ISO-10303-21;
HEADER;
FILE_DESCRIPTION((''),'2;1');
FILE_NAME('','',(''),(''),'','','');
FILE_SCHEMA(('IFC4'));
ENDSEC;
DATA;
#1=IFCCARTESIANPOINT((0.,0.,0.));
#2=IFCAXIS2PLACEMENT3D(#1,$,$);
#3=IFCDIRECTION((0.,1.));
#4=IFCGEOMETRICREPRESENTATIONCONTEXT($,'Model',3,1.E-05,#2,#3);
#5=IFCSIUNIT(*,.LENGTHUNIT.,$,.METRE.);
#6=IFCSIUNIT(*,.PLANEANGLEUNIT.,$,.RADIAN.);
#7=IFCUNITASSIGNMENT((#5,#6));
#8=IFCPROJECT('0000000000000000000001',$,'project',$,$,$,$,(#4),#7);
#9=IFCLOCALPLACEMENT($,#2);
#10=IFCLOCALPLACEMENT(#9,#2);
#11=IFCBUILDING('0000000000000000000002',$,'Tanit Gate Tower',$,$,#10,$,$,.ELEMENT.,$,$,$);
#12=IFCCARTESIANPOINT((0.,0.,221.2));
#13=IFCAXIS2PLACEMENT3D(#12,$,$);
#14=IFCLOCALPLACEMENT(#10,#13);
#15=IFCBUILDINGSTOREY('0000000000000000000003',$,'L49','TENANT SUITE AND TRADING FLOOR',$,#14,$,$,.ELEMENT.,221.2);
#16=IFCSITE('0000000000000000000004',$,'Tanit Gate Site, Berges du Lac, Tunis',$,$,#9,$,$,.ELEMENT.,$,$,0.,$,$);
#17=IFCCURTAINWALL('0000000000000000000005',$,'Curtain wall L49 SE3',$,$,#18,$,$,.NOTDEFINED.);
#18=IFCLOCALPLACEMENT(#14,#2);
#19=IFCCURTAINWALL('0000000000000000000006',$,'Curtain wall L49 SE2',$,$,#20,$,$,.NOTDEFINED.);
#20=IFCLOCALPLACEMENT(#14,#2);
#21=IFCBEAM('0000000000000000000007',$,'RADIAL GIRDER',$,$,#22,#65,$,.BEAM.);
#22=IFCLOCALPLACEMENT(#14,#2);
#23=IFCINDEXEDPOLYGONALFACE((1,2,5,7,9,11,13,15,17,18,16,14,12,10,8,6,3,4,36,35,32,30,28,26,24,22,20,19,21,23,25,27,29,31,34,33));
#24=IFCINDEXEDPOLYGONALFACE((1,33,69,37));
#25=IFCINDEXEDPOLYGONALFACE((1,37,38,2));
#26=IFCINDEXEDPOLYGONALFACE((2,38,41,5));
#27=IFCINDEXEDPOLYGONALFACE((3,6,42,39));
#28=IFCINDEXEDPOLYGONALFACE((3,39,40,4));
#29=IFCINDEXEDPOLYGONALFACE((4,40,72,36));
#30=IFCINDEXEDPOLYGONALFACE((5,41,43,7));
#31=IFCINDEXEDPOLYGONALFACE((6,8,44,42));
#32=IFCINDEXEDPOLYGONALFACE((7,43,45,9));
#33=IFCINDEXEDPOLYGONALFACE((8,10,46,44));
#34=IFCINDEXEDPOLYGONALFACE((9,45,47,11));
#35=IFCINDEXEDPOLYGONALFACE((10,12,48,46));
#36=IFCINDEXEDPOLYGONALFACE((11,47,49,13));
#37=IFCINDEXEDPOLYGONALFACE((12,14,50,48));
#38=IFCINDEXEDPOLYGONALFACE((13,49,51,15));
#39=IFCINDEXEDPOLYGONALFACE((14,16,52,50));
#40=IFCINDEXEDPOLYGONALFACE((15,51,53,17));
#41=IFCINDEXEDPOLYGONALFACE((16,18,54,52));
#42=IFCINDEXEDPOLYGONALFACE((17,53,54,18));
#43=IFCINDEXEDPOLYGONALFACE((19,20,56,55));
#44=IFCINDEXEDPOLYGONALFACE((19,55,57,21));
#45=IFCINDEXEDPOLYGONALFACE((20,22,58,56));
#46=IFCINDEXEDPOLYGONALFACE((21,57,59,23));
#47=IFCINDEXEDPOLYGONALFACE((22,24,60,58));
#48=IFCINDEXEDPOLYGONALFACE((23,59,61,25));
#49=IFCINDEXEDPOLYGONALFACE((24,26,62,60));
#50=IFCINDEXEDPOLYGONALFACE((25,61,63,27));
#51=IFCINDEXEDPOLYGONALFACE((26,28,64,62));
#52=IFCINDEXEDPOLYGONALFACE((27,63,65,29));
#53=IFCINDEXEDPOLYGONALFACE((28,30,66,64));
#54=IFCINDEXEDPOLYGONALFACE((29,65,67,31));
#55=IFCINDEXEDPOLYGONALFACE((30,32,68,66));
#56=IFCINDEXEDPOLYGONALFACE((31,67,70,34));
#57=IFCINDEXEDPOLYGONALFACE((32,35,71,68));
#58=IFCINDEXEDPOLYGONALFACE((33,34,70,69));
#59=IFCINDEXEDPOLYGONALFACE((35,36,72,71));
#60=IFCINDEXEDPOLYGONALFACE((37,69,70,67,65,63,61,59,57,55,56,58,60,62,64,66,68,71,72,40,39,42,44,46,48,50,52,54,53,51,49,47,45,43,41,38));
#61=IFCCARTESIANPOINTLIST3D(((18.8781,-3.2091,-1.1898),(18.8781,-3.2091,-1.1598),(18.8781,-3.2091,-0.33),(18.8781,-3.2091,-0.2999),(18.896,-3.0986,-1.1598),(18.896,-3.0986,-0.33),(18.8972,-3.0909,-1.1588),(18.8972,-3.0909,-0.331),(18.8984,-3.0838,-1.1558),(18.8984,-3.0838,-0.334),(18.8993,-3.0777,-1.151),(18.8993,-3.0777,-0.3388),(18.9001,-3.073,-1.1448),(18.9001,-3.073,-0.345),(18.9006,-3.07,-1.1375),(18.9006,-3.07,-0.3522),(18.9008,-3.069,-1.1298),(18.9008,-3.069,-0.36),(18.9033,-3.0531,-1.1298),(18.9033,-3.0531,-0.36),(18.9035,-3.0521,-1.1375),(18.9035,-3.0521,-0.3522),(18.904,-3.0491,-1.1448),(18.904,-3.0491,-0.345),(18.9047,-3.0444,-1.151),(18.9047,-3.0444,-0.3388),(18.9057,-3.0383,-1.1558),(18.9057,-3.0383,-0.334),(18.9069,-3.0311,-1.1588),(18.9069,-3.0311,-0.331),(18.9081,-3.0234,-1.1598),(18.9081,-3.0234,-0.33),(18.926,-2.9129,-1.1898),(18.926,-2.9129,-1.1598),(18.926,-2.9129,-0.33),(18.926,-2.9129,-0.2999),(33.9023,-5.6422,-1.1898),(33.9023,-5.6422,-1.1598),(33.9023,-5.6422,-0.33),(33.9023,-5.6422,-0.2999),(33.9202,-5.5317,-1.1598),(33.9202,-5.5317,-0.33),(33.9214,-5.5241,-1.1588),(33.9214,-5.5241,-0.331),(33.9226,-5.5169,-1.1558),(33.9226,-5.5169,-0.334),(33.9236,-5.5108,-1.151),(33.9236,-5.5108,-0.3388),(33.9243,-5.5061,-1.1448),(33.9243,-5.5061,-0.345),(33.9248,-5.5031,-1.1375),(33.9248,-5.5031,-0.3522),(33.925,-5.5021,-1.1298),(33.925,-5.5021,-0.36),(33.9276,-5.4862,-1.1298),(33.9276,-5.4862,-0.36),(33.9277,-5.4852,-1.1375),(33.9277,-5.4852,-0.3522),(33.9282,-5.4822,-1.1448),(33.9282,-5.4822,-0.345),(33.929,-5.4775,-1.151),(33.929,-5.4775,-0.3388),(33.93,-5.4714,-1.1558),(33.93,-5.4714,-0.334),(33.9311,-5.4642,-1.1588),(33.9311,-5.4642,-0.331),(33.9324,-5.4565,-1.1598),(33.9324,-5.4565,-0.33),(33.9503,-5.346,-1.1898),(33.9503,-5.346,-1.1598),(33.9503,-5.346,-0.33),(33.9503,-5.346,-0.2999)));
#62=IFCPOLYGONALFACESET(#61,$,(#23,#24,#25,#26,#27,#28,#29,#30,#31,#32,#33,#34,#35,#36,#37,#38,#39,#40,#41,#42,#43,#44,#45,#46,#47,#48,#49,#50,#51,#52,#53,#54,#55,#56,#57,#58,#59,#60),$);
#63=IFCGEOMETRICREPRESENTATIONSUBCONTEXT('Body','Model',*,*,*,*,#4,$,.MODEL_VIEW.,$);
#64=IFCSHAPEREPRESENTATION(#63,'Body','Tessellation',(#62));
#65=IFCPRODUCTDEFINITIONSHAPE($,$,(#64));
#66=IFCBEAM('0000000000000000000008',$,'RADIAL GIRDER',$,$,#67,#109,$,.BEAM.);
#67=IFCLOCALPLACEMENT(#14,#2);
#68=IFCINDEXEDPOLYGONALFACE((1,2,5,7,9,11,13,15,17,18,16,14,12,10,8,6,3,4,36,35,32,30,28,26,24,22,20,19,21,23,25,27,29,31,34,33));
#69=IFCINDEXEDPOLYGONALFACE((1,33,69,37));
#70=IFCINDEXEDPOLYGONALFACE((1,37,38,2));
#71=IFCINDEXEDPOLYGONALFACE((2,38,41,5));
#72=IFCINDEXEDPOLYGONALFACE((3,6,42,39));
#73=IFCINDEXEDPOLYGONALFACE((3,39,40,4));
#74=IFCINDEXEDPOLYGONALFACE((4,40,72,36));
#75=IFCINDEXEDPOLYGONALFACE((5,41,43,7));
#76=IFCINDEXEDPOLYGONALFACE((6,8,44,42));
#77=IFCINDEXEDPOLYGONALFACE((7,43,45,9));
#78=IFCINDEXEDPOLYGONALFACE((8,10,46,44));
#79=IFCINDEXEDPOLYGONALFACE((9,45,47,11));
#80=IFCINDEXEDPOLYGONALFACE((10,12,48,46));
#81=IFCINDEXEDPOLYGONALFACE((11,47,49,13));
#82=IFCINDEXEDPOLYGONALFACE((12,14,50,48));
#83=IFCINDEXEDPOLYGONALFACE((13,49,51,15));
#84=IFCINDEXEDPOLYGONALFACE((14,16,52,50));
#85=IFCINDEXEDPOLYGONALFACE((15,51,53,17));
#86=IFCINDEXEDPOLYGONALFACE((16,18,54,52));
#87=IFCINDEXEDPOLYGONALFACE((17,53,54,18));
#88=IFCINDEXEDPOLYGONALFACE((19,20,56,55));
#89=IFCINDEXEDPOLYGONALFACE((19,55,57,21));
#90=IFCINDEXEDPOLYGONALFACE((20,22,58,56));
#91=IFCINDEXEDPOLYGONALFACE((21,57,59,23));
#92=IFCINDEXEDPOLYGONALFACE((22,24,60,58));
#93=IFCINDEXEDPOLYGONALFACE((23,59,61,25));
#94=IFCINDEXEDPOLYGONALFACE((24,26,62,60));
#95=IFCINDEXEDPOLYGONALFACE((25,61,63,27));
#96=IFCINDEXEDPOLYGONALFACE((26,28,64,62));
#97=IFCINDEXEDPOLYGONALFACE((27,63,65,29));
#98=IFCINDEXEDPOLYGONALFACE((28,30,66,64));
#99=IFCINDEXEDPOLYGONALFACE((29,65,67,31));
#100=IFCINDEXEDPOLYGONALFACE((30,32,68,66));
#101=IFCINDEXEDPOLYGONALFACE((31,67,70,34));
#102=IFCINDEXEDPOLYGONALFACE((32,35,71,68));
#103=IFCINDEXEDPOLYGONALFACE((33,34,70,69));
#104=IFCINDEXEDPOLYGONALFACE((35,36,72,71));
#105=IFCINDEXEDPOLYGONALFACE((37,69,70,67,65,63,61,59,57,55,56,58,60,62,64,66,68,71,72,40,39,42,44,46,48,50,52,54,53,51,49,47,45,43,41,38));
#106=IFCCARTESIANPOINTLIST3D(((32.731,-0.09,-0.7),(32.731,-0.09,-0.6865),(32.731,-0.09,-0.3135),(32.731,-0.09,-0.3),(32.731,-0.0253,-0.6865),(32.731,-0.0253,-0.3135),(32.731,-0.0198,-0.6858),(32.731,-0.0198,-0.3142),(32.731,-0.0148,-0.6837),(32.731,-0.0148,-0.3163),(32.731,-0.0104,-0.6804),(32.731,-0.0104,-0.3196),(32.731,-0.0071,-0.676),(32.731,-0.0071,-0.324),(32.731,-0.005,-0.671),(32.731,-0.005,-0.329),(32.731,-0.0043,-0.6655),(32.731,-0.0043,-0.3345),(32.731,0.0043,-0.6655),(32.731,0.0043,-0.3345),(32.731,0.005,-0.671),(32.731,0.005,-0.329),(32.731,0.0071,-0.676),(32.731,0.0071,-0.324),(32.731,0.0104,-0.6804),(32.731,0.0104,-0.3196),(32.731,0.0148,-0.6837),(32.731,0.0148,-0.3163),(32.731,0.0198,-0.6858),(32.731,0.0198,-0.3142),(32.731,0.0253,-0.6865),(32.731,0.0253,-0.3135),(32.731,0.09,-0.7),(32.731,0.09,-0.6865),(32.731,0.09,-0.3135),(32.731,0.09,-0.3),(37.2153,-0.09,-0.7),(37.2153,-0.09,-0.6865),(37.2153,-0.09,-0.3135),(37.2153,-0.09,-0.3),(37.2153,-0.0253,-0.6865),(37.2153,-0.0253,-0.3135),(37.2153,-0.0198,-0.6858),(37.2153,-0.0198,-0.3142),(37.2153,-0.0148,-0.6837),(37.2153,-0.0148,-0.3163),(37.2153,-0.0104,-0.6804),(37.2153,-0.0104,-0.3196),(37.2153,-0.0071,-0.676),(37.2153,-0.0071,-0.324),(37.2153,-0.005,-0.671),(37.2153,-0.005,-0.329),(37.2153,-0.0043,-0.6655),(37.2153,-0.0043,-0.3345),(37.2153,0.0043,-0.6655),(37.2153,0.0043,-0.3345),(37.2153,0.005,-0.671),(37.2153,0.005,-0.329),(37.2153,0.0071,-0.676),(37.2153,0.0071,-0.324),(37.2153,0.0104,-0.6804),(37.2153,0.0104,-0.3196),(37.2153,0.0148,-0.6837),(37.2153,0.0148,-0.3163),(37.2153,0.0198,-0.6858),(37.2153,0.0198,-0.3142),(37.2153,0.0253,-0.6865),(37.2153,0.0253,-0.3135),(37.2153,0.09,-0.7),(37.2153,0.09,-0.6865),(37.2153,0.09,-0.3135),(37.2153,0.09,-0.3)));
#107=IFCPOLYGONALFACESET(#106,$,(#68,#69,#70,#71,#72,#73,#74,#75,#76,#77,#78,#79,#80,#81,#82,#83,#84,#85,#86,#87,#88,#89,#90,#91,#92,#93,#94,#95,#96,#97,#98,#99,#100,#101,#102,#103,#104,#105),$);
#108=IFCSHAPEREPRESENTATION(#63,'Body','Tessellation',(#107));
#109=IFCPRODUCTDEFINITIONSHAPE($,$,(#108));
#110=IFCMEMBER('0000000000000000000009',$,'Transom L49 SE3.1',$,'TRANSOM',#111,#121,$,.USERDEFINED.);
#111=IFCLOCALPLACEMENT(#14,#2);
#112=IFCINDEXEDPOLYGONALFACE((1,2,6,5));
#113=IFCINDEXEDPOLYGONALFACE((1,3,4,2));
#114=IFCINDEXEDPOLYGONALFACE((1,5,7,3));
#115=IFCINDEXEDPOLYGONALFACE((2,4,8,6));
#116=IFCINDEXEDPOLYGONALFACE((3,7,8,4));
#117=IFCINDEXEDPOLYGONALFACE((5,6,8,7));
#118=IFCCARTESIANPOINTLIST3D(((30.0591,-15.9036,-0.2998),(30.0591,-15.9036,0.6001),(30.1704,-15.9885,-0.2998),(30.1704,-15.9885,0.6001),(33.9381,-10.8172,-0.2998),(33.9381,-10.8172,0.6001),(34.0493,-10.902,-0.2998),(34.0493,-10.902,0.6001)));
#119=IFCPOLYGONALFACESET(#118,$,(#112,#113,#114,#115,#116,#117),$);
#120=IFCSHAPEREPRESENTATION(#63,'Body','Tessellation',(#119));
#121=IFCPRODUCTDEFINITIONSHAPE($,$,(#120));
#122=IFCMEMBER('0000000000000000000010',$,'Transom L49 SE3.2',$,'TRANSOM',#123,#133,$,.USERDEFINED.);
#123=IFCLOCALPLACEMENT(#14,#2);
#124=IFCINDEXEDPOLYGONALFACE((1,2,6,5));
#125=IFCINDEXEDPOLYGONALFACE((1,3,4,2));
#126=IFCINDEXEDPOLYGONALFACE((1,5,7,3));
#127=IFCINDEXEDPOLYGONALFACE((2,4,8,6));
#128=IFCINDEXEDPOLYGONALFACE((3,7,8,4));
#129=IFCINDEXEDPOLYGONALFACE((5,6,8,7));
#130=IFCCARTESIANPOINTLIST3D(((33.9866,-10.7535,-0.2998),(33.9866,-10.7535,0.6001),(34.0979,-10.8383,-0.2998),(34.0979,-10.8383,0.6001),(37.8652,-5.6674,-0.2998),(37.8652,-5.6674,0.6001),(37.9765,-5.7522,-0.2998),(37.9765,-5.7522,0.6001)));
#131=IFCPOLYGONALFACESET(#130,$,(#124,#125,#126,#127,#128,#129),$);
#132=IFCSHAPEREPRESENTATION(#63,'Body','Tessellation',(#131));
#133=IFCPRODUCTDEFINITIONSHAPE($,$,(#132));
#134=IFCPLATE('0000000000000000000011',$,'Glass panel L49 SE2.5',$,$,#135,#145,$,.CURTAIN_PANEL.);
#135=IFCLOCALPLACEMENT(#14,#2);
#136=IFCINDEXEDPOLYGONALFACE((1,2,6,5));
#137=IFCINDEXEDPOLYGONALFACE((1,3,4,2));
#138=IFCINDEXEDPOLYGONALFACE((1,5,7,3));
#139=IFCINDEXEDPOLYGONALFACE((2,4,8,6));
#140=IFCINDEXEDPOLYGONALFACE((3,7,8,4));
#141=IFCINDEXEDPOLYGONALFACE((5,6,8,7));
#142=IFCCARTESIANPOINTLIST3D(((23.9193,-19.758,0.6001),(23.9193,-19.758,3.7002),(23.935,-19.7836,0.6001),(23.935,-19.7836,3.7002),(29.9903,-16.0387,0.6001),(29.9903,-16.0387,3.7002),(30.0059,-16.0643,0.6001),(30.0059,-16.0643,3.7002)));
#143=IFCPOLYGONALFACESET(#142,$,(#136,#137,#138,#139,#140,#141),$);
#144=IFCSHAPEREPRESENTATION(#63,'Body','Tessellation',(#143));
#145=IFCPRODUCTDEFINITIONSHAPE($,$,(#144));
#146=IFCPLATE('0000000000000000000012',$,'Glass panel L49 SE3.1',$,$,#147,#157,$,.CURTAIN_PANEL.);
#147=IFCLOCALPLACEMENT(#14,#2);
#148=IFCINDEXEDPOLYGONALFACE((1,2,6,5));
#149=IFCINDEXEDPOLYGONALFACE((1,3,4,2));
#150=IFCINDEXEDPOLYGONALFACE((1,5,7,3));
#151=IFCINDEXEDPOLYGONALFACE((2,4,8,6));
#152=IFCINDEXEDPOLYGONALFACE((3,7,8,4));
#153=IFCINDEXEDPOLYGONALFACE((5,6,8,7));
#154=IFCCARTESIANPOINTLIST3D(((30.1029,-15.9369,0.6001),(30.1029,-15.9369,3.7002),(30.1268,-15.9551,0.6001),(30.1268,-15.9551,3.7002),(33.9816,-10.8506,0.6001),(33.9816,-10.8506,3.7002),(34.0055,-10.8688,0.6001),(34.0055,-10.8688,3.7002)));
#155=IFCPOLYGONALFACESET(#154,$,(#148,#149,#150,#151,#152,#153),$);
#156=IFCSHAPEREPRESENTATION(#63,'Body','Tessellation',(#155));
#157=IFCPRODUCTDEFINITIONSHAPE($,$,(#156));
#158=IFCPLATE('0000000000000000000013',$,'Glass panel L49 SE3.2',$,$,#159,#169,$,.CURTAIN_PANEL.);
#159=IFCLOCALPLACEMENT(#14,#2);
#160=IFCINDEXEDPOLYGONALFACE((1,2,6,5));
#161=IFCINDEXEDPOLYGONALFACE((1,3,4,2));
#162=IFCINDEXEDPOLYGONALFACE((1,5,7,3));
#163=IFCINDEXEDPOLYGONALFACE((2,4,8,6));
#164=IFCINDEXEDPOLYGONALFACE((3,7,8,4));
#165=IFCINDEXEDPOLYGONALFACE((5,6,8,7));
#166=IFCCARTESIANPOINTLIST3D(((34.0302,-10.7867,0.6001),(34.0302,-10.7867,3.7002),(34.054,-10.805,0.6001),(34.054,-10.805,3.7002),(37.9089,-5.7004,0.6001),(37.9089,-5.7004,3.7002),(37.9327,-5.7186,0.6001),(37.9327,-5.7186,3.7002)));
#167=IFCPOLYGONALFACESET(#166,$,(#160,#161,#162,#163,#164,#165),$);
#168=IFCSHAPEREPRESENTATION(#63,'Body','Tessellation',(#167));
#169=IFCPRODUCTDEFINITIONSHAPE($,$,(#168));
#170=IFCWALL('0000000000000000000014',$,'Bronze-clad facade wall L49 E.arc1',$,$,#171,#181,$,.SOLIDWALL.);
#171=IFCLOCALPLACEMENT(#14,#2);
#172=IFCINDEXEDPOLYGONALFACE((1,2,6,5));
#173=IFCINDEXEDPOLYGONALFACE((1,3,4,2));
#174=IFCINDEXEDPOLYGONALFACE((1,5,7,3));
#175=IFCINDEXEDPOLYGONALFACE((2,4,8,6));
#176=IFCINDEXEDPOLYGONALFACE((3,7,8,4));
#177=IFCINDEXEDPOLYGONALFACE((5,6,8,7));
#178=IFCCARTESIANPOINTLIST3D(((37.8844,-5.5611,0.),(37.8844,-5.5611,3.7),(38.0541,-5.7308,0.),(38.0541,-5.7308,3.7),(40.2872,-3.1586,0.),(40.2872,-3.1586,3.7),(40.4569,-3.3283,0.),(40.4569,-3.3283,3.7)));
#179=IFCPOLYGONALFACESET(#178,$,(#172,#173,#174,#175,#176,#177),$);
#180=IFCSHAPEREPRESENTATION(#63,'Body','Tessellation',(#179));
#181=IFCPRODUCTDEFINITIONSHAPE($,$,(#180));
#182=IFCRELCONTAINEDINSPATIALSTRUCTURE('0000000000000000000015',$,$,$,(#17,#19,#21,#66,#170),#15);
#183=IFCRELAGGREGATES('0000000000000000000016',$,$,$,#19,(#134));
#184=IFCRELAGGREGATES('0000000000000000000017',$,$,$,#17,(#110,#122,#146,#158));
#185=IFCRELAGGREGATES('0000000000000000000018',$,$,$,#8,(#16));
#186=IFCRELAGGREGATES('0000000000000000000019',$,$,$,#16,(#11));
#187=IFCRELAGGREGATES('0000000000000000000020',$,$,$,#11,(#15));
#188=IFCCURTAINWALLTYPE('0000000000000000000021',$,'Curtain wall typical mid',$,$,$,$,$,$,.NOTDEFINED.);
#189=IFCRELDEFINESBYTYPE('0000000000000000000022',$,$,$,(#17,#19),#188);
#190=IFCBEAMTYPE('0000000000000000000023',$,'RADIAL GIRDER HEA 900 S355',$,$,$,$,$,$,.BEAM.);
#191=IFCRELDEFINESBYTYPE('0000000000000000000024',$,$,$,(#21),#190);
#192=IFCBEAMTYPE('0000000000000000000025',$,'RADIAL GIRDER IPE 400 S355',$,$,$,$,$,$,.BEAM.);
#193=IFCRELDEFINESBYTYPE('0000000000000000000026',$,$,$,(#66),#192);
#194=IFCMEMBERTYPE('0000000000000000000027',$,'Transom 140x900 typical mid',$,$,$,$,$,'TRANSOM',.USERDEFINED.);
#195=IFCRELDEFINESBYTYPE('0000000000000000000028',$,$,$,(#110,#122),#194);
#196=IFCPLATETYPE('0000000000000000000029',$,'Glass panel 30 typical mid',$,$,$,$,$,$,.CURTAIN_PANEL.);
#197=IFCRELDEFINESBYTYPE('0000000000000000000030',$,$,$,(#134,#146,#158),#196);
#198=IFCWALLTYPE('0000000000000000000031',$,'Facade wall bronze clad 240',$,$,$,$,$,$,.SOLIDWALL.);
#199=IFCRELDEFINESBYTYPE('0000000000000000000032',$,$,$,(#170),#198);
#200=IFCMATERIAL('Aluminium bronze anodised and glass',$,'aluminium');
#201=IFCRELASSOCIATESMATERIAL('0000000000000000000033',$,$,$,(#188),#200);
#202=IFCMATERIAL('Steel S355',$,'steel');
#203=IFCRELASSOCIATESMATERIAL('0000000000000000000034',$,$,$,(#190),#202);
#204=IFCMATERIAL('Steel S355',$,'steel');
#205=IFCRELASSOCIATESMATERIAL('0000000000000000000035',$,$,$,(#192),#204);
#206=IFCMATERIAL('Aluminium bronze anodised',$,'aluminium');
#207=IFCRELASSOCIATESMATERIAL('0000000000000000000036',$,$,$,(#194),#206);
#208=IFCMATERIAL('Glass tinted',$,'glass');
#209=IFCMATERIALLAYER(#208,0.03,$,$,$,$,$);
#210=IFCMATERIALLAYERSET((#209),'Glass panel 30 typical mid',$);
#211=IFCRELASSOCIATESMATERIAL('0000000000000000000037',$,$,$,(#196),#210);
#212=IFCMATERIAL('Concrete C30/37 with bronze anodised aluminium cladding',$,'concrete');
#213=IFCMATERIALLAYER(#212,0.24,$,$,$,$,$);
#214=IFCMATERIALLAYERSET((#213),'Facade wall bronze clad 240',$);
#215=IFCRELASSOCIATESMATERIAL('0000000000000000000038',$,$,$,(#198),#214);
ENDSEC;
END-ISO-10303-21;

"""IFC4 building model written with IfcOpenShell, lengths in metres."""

from ifc_helpers import new_model, si_unit, direction, frame, frame_2d, origin, origin_2d, place, context, subcontext, project, spatial, rectangle, i_section, extrude, material, layer, layer_set, material_profile, profile_set, type_object, element, aggregate, save


model = new_model("IFC4")

# Units and contexts
model_context = context("Model", 3, precision=1e-05, world=origin(), true_north=direction((0.0, 1.0)))
body_context = subcontext(model_context, "Body", "Model", "MODEL_VIEW")
ifc_project = project(units=[si_unit("LENGTHUNIT", "METRE"), si_unit("PLANEANGLEUNIT", "RADIAN")], contexts=[model_context])

# Site, building, storey
site_placement = place(None, origin())
site = spatial("IfcSite", under=ifc_project, at=site_placement, Name="Tanit Gate Site, Berges du Lac, Tunis", CompositionType="ELEMENT", RefElevation=0.0)
building_placement = place(site_placement, origin())
building = spatial("IfcBuilding", under=site, at=building_placement, Name="Tanit Gate Tower", CompositionType="ELEMENT")
storey_placement = place(building_placement, frame((0.0, 0.0, 221.2)))
storey = spatial("IfcBuildingStorey", under=building, at=storey_placement, Name="L49", Description="TENANT SUITE AND TRADING FLOOR", CompositionType="ELEMENT", Elevation=221.2)

# Curtain wall
ifc_material_1 = material(Name="Aluminium bronze anodised and glass", Category="aluminium")
curtain_wall_type = type_object("IfcCurtainWallType", Name="Curtain wall typical mid", PredefinedType="NOTDEFINED", material=ifc_material_1)
curtain_wall_1_placement = place(storey_placement, origin())
curtain_wall_1 = element("IfcCurtainWall", 1, at=curtain_wall_1_placement, inside=storey, type_object=curtain_wall_type, Name="Curtain wall L49 SE3", PredefinedType="NOTDEFINED")

# Curtain wall
curtain_wall_2_placement = place(storey_placement, origin())
curtain_wall_2 = element("IfcCurtainWall", 2, at=curtain_wall_2_placement, inside=storey, type_object=curtain_wall_type, Name="Curtain wall L49 SE2", PredefinedType="NOTDEFINED")

# Beams
ifc_material_2 = material(Name="Steel S355", Category="steel")
ifc_material_profile_1 = material_profile(ifc_material_2, i_section(OverallWidth=0.3, OverallDepth=0.8899, WebThickness=0.0161, FlangeThickness=0.03, FilletRadius=0.03, at=origin_2d()), Name="HEA 900")
ifc_profile_set_1 = profile_set([ifc_material_profile_1], Name="Steel S355")
beam_type_1 = type_object("IfcBeamType", Name="RADIAL GIRDER HEA 900 S355", PredefinedType="BEAM", material=ifc_profile_set_1)
beam_1_placement = place(storey_placement, frame((33.9263, -5.4941, -0.7449), z_axis=(-0.987139, 0.159863, 0.0), x_axis=(-0.159863, -0.987139, 0.0)))
element("IfcBeam", 3, at=beam_1_placement, inside=storey, type_object=beam_type_1, Name="RADIAL GIRDER", PredefinedType="BEAM", context=body_context, shape_type="SweptSolid", body=[
    extrude(i_section(OverallWidth=0.3, OverallDepth=0.8899, WebThickness=0.0161, FlangeThickness=0.03, FilletRadius=0.03, at=origin_2d()), origin(), (0.0, 0.0, 1.0), 15.22),
])
ifc_material_3 = material(Name="Steel S355", Category="steel")
ifc_material_profile_2 = material_profile(ifc_material_3, i_section(OverallWidth=0.1799, OverallDepth=0.3999, WebThickness=0.0085, FlangeThickness=0.0134, FilletRadius=0.021, at=origin_2d()), Name="IPE 400")
ifc_profile_set_2 = profile_set([ifc_material_profile_2], Name="Steel S355")
beam_type_2 = type_object("IfcBeamType", Name="RADIAL GIRDER IPE 400 S355", PredefinedType="BEAM", material=ifc_profile_set_2)
beam_2_placement = place(storey_placement, frame((37.2153, 0.0, -0.5), z_axis=(-1.0, 0.0, 0.0), x_axis=(0.0, -1.0, 0.0)))
element("IfcBeam", 4, at=beam_2_placement, inside=storey, type_object=beam_type_2, Name="RADIAL GIRDER", PredefinedType="BEAM", context=body_context, shape_type="SweptSolid", body=[
    extrude(i_section(OverallWidth=0.1799, OverallDepth=0.3999, WebThickness=0.0085, FlangeThickness=0.0134, FilletRadius=0.021, at=origin_2d()), origin(), (0.0, 0.0, 1.0), 4.4844),
])

# Members
ifc_material_4 = material(Name="Aluminium bronze anodised", Category="aluminium")
ifc_material_profile_3 = material_profile(ifc_material_4, rectangle(XDim=0.1399, YDim=0.8999, at=origin_2d()), Name="140x900 bronze transom")
ifc_profile_set_3 = profile_set([ifc_material_profile_3], Name="Aluminium bronze anodised")
member_type_1 = type_object("IfcMemberType", Name="Transom 140x900 typical mid", ElementType="TRANSOM", PredefinedType="USERDEFINED", material=ifc_profile_set_3)
member_1_placement = place(storey_placement, frame((30.1147, -15.946, 0.1501), z_axis=(0.606393, 0.795165, 0.0), x_axis=(-0.795165, 0.606393, 0.0)))
member_1 = element("IfcMember", 5, at=member_1_placement, type_object=member_type_1, Name="Transom L49 SE3.1", ObjectType="TRANSOM", PredefinedType="USERDEFINED", context=body_context, shape_type="SweptSolid", body=[
    extrude(rectangle(XDim=0.1399, YDim=0.8999, at=origin_2d()), origin(), (0.0, 0.0, 1.0), 6.3967),
])
member_2_placement = place(storey_placement, frame((34.0422, -10.7959, 0.1501), z_axis=(0.606387, 0.79517, 0.0), x_axis=(-0.79517, 0.606387, 0.0)))
member_2 = element("IfcMember", 6, at=member_2_placement, type_object=member_type_1, Name="Transom L49 SE3.2", ObjectType="TRANSOM", PredefinedType="USERDEFINED", context=body_context, shape_type="SweptSolid", body=[
    extrude(rectangle(XDim=0.1399, YDim=0.8999, at=origin_2d()), origin(), (0.0, 0.0, 1.0), 6.3962),
])

# Plates
ifc_material_5 = material(Name="Glass tinted", Category="glass")
ifc_layer_1 = layer(ifc_material_5, 0.03)
ifc_layer_set_1 = layer_set([ifc_layer_1], Name="Glass panel 30 typical mid")
plate_type = type_object("IfcPlateType", Name="Glass panel 30 typical mid", PredefinedType="CURTAIN_PANEL", material=ifc_layer_set_1)
plate_1_placement = place(storey_placement, frame((26.9626, -17.9111, 0.6001), z_axis=(0.0, 0.0, 1.0), x_axis=(0.8527, 0.522401, 0.0)))
plate_1 = element("IfcPlate", 7, at=plate_1_placement, type_object=plate_type, Name="Glass panel L49 SE2.5", PredefinedType="CURTAIN_PANEL", context=body_context, shape_type="SweptSolid", body=[
    extrude(rectangle(XDim=7.1196, YDim=0.03, at=origin_2d()), origin(), (0.0, 0.0, 1.0), 3.1001),
])
aggregate(curtain_wall_2, [plate_1])
plate_2_placement = place(storey_placement, frame((32.0542, -13.4028, 0.6001), z_axis=(0.0, 0.0, 1.0), x_axis=(0.60638, 0.795175, 0.0)))
plate_2 = element("IfcPlate", 8, at=plate_2_placement, type_object=plate_type, Name="Glass panel L49 SE3.1", PredefinedType="CURTAIN_PANEL", context=body_context, shape_type="SweptSolid", body=[
    extrude(rectangle(XDim=6.3965, YDim=0.03, at=origin_2d()), origin(), (0.0, 0.0, 1.0), 3.1001),
])
plate_3_placement = place(storey_placement, frame((35.9814, -8.2527, 0.6001), z_axis=(0.0, 0.0, 1.0), x_axis=(0.60638, 0.795175, 0.0)))
plate_3 = element("IfcPlate", 9, at=plate_3_placement, type_object=plate_type, Name="Glass panel L49 SE3.2", PredefinedType="CURTAIN_PANEL", context=body_context, shape_type="SweptSolid", body=[
    extrude(rectangle(XDim=6.3965, YDim=0.03, at=origin_2d()), origin(), (0.0, 0.0, 1.0), 3.1001),
])
aggregate(curtain_wall_1, [member_1, member_2, plate_2, plate_3])

# Wall
ifc_material_6 = material(Name="Concrete C30/37 with bronze anodised aluminium cladding", Category="concrete")
ifc_layer_2 = layer(ifc_material_6, 0.24)
ifc_layer_set_2 = layer_set([ifc_layer_2], Name="Facade wall bronze clad 240")
wall_type_1 = type_object("IfcWallType", Name="Facade wall bronze clad 240", PredefinedType="SOLIDWALL", material=ifc_layer_set_2)
wall_1_placement = place(storey_placement, frame((37.9692, -5.646, 0.0), z_axis=(0.0, 0.0, 1.0), x_axis=(0.707143, 0.707071, 0.0)))
element("IfcWall", 10, at=wall_1_placement, inside=storey, type_object=wall_type_1, Name="Bronze-clad facade wall L49 E.arc1", PredefinedType="SOLIDWALL", context=body_context, shape_type="SweptSolid", body=[
    extrude(rectangle(XDim=3.3979, YDim=0.24, at=frame_2d((1.699, 0.0))), origin(), (0.0, 0.0, 1.0), 3.7),
])

save(model, "model.ifc")
